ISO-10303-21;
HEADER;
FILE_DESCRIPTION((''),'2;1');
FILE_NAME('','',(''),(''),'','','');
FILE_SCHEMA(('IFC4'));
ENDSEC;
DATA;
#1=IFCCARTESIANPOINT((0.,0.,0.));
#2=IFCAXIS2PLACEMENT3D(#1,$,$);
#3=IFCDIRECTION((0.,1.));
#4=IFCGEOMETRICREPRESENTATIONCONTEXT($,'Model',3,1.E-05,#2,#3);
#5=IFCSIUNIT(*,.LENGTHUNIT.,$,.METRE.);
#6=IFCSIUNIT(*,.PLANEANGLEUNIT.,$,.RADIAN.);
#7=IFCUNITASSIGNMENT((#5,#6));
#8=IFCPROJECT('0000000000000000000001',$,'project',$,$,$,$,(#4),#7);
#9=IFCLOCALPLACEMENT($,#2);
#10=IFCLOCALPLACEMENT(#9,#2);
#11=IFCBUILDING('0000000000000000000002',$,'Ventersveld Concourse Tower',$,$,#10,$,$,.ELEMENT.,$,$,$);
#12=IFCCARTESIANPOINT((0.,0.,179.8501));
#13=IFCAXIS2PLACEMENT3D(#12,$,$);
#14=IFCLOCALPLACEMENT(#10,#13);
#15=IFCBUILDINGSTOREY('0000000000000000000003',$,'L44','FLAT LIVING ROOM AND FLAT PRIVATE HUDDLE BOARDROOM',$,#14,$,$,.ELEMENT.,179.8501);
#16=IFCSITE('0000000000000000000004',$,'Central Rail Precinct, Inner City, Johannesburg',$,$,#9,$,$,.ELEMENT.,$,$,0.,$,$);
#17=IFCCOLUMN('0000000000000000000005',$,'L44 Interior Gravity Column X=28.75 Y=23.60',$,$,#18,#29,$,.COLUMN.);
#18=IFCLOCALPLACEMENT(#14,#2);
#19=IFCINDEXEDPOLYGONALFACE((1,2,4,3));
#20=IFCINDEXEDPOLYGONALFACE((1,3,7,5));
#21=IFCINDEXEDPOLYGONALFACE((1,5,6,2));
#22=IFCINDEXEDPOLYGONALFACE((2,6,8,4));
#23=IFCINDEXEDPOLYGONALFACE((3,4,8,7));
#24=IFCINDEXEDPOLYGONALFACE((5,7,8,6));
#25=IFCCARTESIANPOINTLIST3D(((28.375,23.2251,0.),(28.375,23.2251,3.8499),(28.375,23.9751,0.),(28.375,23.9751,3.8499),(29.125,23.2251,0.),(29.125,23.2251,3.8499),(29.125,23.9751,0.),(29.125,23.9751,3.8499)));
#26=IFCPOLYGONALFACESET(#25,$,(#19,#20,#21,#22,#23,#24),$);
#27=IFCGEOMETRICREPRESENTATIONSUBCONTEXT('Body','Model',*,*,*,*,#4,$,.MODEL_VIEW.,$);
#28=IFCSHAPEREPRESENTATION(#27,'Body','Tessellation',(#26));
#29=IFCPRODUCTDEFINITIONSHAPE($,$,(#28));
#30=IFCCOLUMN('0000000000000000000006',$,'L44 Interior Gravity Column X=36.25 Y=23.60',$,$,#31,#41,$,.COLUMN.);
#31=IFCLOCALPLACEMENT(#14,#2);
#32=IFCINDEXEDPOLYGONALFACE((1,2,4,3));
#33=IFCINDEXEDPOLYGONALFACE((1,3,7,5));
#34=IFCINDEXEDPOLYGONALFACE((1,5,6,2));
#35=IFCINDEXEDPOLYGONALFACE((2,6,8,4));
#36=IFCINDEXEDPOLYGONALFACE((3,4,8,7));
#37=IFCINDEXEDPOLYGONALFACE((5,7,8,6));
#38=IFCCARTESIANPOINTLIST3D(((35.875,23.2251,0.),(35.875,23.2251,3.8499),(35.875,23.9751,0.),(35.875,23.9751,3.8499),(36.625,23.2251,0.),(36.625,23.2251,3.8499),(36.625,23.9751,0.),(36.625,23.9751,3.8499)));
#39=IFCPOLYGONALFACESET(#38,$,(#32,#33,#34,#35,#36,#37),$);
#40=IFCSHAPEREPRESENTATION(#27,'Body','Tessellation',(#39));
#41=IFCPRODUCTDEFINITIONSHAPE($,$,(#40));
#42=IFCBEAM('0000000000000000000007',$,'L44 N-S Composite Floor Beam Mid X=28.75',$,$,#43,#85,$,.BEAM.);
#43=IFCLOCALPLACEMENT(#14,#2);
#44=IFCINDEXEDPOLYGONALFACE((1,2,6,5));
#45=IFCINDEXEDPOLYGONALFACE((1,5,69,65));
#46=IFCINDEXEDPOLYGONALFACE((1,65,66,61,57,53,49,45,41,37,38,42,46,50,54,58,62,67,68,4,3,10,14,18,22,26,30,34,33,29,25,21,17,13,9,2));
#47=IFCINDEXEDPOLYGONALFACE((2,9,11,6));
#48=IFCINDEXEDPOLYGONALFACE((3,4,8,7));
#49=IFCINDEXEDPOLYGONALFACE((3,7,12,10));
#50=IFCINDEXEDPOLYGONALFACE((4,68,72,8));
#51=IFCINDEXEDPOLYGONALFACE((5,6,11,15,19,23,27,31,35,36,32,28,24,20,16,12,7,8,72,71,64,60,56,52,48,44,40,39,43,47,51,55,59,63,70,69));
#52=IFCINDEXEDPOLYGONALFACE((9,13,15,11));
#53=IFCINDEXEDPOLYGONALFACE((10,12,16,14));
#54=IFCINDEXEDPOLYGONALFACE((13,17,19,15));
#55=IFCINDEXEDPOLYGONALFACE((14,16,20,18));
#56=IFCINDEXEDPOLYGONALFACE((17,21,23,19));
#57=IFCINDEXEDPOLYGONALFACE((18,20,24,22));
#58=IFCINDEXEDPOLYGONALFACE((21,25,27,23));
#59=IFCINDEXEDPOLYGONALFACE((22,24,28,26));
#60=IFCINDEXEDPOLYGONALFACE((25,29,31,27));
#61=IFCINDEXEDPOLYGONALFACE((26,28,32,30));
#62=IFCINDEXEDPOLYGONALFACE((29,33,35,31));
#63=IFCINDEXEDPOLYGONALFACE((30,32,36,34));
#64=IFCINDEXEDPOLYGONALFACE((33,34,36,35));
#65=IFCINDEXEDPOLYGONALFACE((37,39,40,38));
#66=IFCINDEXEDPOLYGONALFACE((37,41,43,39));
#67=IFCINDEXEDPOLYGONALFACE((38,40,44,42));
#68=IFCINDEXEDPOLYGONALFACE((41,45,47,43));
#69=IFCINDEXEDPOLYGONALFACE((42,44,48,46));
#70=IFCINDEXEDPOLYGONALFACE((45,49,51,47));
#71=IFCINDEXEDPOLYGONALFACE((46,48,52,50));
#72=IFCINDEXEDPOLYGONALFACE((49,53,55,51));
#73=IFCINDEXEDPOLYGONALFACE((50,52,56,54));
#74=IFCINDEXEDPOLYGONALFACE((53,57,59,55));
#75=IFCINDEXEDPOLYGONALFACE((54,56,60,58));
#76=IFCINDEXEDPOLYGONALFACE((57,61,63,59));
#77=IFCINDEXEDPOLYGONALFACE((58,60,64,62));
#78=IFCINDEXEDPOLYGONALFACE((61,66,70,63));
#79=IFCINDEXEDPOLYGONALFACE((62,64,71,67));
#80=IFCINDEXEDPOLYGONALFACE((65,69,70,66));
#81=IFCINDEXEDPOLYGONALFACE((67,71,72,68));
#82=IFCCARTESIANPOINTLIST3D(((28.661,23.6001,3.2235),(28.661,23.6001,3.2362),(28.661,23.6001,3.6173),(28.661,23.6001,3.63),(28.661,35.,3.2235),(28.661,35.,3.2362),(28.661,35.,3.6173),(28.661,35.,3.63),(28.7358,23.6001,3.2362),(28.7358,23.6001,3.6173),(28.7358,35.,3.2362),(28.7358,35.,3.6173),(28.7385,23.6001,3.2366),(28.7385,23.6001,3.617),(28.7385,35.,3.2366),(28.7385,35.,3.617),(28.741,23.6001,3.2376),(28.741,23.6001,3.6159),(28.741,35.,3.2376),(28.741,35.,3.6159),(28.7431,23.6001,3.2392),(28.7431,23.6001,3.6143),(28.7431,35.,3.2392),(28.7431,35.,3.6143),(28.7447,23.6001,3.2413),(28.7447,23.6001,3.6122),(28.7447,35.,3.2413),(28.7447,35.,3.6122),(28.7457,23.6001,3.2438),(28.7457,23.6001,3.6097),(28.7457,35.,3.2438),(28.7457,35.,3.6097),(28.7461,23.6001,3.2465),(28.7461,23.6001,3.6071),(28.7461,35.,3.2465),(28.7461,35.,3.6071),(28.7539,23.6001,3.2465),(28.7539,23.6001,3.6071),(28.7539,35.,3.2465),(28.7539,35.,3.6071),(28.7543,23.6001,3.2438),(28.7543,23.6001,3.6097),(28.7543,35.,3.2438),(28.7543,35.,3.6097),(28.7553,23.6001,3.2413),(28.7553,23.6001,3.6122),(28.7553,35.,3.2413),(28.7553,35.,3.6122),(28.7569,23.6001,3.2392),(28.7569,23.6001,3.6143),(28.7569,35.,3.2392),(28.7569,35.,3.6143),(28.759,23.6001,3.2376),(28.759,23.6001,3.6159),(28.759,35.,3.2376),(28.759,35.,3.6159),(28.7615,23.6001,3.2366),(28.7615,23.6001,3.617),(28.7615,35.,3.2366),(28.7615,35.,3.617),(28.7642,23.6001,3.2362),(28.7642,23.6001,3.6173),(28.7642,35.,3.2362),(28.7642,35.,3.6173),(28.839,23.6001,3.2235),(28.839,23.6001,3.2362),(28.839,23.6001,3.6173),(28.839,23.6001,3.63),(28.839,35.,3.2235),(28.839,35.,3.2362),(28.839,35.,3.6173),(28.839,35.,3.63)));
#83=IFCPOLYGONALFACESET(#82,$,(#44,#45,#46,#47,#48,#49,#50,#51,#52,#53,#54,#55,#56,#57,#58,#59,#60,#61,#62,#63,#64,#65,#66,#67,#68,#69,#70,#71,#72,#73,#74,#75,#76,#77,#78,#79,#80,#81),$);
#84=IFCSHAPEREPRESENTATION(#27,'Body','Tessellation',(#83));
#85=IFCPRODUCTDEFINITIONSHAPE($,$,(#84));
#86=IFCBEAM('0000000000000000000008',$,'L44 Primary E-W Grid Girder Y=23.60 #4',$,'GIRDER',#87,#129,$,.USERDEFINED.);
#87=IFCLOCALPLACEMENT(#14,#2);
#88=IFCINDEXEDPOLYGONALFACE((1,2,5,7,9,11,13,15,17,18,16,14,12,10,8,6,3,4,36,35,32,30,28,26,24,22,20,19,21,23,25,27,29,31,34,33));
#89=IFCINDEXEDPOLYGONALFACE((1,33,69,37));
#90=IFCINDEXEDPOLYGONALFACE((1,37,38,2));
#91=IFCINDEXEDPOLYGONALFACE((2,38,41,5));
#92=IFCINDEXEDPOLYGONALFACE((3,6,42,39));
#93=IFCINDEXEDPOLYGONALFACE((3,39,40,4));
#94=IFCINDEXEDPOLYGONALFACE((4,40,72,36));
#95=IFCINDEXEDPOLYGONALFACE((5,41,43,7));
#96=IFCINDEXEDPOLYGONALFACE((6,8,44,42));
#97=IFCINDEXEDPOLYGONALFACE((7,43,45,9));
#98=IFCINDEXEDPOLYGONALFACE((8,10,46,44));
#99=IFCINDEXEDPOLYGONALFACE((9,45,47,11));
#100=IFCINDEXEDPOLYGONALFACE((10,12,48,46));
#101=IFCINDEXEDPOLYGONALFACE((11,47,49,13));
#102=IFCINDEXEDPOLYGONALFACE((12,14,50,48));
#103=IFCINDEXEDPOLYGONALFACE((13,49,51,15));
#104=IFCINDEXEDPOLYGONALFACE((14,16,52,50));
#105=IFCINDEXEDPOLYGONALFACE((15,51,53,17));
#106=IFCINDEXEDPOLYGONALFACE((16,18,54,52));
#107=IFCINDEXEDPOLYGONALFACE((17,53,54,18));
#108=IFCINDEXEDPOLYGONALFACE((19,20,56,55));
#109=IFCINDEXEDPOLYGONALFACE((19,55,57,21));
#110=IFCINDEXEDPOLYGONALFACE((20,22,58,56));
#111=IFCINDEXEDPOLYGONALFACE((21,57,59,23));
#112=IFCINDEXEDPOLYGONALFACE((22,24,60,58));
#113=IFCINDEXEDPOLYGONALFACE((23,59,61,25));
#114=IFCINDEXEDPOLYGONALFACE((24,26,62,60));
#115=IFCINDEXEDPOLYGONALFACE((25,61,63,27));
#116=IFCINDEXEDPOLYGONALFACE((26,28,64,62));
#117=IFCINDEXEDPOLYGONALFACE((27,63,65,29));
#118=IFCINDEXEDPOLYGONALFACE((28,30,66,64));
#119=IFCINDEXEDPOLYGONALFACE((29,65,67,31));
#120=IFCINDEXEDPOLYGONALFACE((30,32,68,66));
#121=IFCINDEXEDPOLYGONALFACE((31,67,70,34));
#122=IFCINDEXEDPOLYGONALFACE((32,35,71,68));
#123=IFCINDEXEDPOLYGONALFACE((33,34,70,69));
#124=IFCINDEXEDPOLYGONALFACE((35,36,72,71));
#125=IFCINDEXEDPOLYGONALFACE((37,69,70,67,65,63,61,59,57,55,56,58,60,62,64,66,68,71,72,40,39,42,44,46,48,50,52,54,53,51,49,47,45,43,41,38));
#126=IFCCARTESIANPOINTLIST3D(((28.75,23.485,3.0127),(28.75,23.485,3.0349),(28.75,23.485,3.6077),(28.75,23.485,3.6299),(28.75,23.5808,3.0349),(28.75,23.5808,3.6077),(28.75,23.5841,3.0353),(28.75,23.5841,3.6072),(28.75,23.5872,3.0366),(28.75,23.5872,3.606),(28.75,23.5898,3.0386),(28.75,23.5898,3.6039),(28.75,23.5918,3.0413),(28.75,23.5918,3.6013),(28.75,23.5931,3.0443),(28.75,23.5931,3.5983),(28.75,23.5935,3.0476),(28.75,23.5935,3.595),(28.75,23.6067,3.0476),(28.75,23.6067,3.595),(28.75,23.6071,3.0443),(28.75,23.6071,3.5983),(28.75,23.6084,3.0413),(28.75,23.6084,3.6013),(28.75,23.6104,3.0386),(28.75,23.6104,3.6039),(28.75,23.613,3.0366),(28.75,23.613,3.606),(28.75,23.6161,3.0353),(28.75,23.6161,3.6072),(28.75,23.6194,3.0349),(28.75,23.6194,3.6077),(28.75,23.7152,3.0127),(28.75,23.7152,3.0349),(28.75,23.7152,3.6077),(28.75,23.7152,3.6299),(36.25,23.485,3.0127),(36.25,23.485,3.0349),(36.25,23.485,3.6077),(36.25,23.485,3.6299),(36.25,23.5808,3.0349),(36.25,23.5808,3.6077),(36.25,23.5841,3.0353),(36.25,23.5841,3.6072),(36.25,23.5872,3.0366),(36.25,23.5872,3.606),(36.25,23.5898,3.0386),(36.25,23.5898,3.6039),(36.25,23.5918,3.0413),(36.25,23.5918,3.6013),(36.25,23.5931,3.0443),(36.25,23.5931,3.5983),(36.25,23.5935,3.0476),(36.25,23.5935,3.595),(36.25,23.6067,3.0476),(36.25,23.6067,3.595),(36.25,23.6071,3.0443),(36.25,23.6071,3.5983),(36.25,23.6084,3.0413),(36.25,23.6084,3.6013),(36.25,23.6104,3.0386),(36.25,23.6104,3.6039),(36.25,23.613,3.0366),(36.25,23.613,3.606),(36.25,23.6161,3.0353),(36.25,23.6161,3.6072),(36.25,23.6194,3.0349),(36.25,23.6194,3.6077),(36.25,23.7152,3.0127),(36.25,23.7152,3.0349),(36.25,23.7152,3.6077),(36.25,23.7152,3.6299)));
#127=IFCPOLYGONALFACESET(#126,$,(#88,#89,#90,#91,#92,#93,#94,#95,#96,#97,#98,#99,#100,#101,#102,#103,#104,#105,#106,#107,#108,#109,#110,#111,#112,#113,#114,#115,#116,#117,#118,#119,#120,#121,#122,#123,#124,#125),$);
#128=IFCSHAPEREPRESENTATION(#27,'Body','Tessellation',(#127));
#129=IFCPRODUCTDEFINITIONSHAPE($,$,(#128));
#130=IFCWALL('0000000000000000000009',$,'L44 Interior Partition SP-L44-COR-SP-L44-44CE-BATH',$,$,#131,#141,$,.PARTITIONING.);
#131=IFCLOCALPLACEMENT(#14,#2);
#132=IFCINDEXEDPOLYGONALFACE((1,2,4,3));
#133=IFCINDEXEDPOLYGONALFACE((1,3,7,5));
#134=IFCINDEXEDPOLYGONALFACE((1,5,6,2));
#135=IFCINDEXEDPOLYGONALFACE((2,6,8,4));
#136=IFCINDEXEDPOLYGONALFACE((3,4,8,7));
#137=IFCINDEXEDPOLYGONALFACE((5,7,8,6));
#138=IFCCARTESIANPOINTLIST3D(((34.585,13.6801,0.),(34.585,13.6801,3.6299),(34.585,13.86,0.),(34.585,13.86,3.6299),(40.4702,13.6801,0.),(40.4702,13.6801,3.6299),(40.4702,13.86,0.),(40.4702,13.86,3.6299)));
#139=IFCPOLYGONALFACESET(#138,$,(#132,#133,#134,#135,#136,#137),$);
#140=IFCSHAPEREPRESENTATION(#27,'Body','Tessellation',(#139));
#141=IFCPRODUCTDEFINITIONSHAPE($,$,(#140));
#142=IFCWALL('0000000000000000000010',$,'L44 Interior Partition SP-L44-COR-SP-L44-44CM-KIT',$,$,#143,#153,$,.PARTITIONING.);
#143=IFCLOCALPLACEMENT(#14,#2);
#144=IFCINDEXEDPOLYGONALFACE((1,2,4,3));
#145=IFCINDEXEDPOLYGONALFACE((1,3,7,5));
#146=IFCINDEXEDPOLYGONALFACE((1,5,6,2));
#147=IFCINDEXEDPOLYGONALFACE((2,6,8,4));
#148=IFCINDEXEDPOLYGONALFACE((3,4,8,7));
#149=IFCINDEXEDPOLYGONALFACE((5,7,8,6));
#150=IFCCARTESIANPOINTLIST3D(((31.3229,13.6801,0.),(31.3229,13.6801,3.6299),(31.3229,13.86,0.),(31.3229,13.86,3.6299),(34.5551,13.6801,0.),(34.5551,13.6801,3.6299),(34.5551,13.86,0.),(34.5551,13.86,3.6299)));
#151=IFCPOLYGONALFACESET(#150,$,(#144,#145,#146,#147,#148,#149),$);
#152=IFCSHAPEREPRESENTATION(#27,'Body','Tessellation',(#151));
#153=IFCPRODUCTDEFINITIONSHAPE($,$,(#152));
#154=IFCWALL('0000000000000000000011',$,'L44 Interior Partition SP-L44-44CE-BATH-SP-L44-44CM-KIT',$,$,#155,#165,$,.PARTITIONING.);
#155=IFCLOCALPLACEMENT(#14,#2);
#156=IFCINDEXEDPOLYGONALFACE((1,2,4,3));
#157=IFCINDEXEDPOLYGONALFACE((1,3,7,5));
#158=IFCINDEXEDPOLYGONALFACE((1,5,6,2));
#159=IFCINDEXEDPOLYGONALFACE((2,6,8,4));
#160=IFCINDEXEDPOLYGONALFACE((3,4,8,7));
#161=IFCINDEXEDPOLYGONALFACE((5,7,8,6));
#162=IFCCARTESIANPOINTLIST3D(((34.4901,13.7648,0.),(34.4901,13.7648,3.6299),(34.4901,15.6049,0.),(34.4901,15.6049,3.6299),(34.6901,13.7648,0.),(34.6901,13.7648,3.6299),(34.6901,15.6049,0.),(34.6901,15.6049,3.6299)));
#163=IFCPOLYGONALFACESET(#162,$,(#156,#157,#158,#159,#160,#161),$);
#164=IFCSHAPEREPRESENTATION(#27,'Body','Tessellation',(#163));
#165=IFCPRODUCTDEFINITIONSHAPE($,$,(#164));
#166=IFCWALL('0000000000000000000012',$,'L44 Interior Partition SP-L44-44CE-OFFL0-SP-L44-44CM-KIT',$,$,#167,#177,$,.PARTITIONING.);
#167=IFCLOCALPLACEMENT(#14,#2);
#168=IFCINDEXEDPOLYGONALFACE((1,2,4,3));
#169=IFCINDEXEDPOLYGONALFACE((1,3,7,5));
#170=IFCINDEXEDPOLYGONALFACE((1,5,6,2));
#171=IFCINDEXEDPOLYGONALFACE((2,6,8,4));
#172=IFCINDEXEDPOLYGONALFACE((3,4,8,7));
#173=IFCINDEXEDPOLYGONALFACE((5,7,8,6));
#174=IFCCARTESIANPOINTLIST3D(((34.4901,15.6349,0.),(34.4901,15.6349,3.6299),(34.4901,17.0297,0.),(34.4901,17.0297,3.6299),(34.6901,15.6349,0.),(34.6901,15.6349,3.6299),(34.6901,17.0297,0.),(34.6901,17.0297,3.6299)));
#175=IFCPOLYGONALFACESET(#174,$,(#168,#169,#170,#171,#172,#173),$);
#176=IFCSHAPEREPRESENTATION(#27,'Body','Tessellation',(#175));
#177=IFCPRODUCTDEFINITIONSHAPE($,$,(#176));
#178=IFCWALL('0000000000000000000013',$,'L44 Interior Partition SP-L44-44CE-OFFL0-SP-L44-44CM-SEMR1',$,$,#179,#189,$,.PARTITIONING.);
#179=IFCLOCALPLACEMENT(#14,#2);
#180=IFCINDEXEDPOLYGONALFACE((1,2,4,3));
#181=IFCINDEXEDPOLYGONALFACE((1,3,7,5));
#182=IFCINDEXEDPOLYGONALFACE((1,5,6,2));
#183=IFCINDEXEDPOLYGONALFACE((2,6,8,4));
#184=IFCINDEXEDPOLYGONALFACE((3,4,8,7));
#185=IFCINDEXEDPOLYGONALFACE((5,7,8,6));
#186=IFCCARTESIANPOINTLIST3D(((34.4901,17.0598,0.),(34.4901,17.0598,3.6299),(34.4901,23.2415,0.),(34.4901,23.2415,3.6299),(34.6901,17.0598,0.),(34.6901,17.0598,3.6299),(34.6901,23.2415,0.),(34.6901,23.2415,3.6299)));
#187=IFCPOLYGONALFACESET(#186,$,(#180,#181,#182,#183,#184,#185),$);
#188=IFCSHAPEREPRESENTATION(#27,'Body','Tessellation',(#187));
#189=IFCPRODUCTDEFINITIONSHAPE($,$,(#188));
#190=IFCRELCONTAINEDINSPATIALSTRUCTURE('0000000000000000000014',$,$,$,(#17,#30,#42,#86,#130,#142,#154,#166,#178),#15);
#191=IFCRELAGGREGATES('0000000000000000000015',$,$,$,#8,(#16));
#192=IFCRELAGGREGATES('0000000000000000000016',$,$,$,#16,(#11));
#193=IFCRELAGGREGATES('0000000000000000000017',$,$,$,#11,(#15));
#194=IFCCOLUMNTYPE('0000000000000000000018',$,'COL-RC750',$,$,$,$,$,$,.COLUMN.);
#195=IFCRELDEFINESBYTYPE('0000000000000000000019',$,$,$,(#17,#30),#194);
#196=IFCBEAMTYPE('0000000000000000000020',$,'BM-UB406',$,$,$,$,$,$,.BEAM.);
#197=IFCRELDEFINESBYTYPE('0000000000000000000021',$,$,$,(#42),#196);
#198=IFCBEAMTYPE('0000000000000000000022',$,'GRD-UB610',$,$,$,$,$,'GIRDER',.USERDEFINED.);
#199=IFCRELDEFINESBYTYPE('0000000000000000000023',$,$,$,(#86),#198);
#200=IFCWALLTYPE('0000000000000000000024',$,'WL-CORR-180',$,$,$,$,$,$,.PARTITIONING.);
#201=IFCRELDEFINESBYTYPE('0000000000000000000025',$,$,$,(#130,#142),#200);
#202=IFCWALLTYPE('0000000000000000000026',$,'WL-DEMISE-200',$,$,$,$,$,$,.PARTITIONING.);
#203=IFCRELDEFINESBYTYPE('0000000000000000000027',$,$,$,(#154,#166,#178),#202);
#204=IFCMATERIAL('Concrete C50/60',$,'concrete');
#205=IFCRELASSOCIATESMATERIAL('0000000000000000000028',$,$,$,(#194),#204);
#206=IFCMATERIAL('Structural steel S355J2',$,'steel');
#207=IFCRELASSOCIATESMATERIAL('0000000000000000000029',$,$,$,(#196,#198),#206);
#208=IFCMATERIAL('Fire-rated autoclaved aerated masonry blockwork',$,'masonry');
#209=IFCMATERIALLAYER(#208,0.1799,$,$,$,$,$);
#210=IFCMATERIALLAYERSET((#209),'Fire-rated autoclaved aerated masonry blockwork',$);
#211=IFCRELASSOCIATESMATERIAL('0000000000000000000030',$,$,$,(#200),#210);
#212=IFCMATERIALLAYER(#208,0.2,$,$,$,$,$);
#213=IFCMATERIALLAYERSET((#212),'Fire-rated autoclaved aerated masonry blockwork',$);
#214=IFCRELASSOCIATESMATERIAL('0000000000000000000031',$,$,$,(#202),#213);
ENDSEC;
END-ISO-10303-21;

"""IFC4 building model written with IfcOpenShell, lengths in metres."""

from ifc_helpers import new_model, si_unit, direction, frame, frame_2d, origin, origin_2d, place, context, subcontext, project, spatial, rectangle, i_section, extrude, material, layer, layer_set, material_profile, profile_set, type_object, element, save


model = new_model("IFC4")

# Units and contexts
model_context = context("Model", 3, precision=1e-05, world=origin(), true_north=direction((0.0, 1.0)))
body_context = subcontext(model_context, "Body", "Model", "MODEL_VIEW")
ifc_project = project(units=[si_unit("LENGTHUNIT", "METRE"), si_unit("PLANEANGLEUNIT", "RADIAN")], contexts=[model_context])

# Site, building, storey
site_placement = place(None, origin())
site = spatial("IfcSite", under=ifc_project, at=site_placement, Name="Central Rail Precinct, Inner City, Johannesburg", CompositionType="ELEMENT", RefElevation=0.0)
building_placement = place(site_placement, origin())
building = spatial("IfcBuilding", under=site, at=building_placement, Name="Ventersveld Concourse Tower", CompositionType="ELEMENT")
storey_placement = place(building_placement, frame((0.0, 0.0, 179.8501)))
storey = spatial("IfcBuildingStorey", under=building, at=storey_placement, Name="L44", Description="FLAT LIVING ROOM AND FLAT PRIVATE HUDDLE BOARDROOM", CompositionType="ELEMENT", Elevation=179.8501)

# Columns
ifc_material_1 = material(Name="Concrete C50/60", Category="concrete")
ifc_material_profile_1 = material_profile(ifc_material_1, rectangle(XDim=0.75, YDim=0.75, at=origin_2d()), Name="RC 750x750")
ifc_profile_set_1 = profile_set([ifc_material_profile_1], Name="Concrete C50/60")
column_type = type_object("IfcColumnType", Name="COL-RC750", PredefinedType="COLUMN", material=ifc_profile_set_1)
for number, where, z_axis, x_axis, name in (
    (1, (28.75, 23.6001, 0.0), (0.0, 0.0, 1.0), (1.0, 0.0, 0.0), "L44 Interior Gravity Column X=28.75 Y=23.60"),
    (2, (36.25, 23.6001, 0.0), (0.0, 0.0, 1.0), (1.0, 0.0, 0.0), "L44 Interior Gravity Column X=36.25 Y=23.60"),
):
    element("IfcColumn", number, at=place(storey_placement, frame(where, z_axis=z_axis, x_axis=x_axis)), inside=storey, type_object=column_type, Name=name, PredefinedType="COLUMN", context=body_context, shape_type="SweptSolid", body=[
        extrude(rectangle(XDim=0.75, YDim=0.75, at=origin_2d()), origin(), (0.0, 0.0, 1.0), 3.8499),
    ])

# Beams
ifc_material_2 = material(Name="Structural steel S355J2", Category="steel")
ifc_material_profile_2 = material_profile(ifc_material_2, i_section(OverallWidth=0.178, OverallDepth=0.4065, WebThickness=0.0078, FlangeThickness=0.0127, FilletRadius=0.0103, at=origin_2d()), Name="UB 406x178x60")
ifc_profile_set_2 = profile_set([ifc_material_profile_2], Name="Structural steel S355J2")
beam_type_1 = type_object("IfcBeamType", Name="BM-UB406", PredefinedType="BEAM", material=ifc_profile_set_2)
beam_1_placement = place(storey_placement, frame((28.75, 23.6001, 3.4268), z_axis=(0.0, 1.0, 0.0), x_axis=(-1.0, 0.0, 0.0)))
element("IfcBeam", 3, at=beam_1_placement, inside=storey, type_object=beam_type_1, Name="L44 N-S Composite Floor Beam Mid X=28.75", PredefinedType="BEAM", context=body_context, shape_type="SweptSolid", body=[
    extrude(i_section(OverallWidth=0.178, OverallDepth=0.4065, WebThickness=0.0078, FlangeThickness=0.0127, FilletRadius=0.0103, at=origin_2d()), origin(), (0.0, 0.0, 1.0), 11.3999),
])
ifc_material_profile_3 = material_profile(ifc_material_2, i_section(OverallWidth=0.2302, OverallDepth=0.6172, WebThickness=0.0132, FlangeThickness=0.0222, FilletRadius=0.0127, at=origin_2d()), Name="UB 610x229x140")
ifc_profile_set_3 = profile_set([ifc_material_profile_3], Name="Structural steel S355J2")
beam_type_2 = type_object("IfcBeamType", Name="GRD-UB610", ElementType="GIRDER", PredefinedType="USERDEFINED", material=ifc_profile_set_3)
beam_2_placement = place(storey_placement, frame((28.75, 23.6001, 3.3213), z_axis=(1.0, 0.0, 0.0), x_axis=(0.0, 1.0, 0.0)))
element("IfcBeam", 4, at=beam_2_placement, inside=storey, type_object=beam_type_2, Name="L44 Primary E-W Grid Girder Y=23.60 #4", ObjectType="GIRDER", PredefinedType="USERDEFINED", context=body_context, shape_type="SweptSolid", body=[
    extrude(i_section(OverallWidth=0.2302, OverallDepth=0.6172, WebThickness=0.0132, FlangeThickness=0.0222, FilletRadius=0.0127, at=origin_2d()), origin(), (0.0, 0.0, 1.0), 7.5),
])

# Walls
ifc_material_3 = material(Name="Fire-rated autoclaved aerated masonry blockwork", Category="masonry")
ifc_layer_1 = layer(ifc_material_3, 0.1799)
ifc_layer_set_1 = layer_set([ifc_layer_1], Name="Fire-rated autoclaved aerated masonry blockwork")
wall_type_1 = type_object("IfcWallType", Name="WL-CORR-180", PredefinedType="PARTITIONING", material=ifc_layer_set_1)
wall_1_placement = place(storey_placement, frame((34.585, 13.77, 0.0), z_axis=(0.0, 0.0, 1.0), x_axis=(1.0, 0.0, 0.0)))
element("IfcWall", 5, at=wall_1_placement, inside=storey, type_object=wall_type_1, Name="L44 Interior Partition SP-L44-COR-SP-L44-44CE-BATH", PredefinedType="PARTITIONING", context=body_context, shape_type="SweptSolid", body=[
    extrude(rectangle(XDim=5.8853, YDim=0.1799, at=frame_2d((2.9426, 0.0))), origin(), (0.0, 0.0, 1.0), 3.6299),
])
wall_2_placement = place(storey_placement, frame((31.3228, 13.77, 0.0), z_axis=(0.0, 0.0, 1.0), x_axis=(1.0, 0.0, 0.0)))
element("IfcWall", 6, at=wall_2_placement, inside=storey, type_object=wall_type_1, Name="L44 Interior Partition SP-L44-COR-SP-L44-44CM-KIT", PredefinedType="PARTITIONING", context=body_context, shape_type="SweptSolid", body=[
    extrude(rectangle(XDim=3.2322, YDim=0.1799, at=frame_2d((1.6162, 0.0))), origin(), (0.0, 0.0, 1.0), 3.6299),
])
ifc_layer_2 = layer(ifc_material_3, 0.2)
ifc_layer_set_2 = layer_set([ifc_layer_2], Name="Fire-rated autoclaved aerated masonry blockwork")
wall_type_2 = type_object("IfcWallType", Name="WL-DEMISE-200", PredefinedType="PARTITIONING", material=ifc_layer_set_2)
wall_3_placement = place(storey_placement, frame((34.5901, 13.7649, 0.0), z_axis=(0.0, 0.0, 1.0), x_axis=(0.0, 1.0, 0.0)))
element("IfcWall", 7, at=wall_3_placement, inside=storey, type_object=wall_type_2, Name="L44 Interior Partition SP-L44-44CE-BATH-SP-L44-44CM-KIT", PredefinedType="PARTITIONING", context=body_context, shape_type="SweptSolid", body=[
    extrude(rectangle(XDim=1.8401, YDim=0.2, at=frame_2d((0.9199, 0.0))), origin(), (0.0, 0.0, 1.0), 3.6299),
])
wall_4_placement = place(storey_placement, frame((34.5901, 15.635, 0.0), z_axis=(0.0, 0.0, 1.0), x_axis=(0.0, 1.0, 0.0)))
element("IfcWall", 8, at=wall_4_placement, inside=storey, type_object=wall_type_2, Name="L44 Interior Partition SP-L44-44CE-OFFL0-SP-L44-44CM-KIT", PredefinedType="PARTITIONING", context=body_context, shape_type="SweptSolid", body=[
    extrude(rectangle(XDim=1.3948, YDim=0.2, at=frame_2d((0.6973, 0.0))), origin(), (0.0, 0.0, 1.0), 3.6299),
])
wall_5_placement = place(storey_placement, frame((34.5901, 17.0598, 0.0), z_axis=(0.0, 0.0, 1.0), x_axis=(0.0, 1.0, 0.0)))
element("IfcWall", 9, at=wall_5_placement, inside=storey, type_object=wall_type_2, Name="L44 Interior Partition SP-L44-44CE-OFFL0-SP-L44-44CM-SEMR1", PredefinedType="PARTITIONING", context=body_context, shape_type="SweptSolid", body=[
    extrude(rectangle(XDim=6.1816, YDim=0.2, at=frame_2d((3.0908, 0.0))), origin(), (0.0, 0.0, 1.0), 3.6299),
])

save(model, "model.ifc")
